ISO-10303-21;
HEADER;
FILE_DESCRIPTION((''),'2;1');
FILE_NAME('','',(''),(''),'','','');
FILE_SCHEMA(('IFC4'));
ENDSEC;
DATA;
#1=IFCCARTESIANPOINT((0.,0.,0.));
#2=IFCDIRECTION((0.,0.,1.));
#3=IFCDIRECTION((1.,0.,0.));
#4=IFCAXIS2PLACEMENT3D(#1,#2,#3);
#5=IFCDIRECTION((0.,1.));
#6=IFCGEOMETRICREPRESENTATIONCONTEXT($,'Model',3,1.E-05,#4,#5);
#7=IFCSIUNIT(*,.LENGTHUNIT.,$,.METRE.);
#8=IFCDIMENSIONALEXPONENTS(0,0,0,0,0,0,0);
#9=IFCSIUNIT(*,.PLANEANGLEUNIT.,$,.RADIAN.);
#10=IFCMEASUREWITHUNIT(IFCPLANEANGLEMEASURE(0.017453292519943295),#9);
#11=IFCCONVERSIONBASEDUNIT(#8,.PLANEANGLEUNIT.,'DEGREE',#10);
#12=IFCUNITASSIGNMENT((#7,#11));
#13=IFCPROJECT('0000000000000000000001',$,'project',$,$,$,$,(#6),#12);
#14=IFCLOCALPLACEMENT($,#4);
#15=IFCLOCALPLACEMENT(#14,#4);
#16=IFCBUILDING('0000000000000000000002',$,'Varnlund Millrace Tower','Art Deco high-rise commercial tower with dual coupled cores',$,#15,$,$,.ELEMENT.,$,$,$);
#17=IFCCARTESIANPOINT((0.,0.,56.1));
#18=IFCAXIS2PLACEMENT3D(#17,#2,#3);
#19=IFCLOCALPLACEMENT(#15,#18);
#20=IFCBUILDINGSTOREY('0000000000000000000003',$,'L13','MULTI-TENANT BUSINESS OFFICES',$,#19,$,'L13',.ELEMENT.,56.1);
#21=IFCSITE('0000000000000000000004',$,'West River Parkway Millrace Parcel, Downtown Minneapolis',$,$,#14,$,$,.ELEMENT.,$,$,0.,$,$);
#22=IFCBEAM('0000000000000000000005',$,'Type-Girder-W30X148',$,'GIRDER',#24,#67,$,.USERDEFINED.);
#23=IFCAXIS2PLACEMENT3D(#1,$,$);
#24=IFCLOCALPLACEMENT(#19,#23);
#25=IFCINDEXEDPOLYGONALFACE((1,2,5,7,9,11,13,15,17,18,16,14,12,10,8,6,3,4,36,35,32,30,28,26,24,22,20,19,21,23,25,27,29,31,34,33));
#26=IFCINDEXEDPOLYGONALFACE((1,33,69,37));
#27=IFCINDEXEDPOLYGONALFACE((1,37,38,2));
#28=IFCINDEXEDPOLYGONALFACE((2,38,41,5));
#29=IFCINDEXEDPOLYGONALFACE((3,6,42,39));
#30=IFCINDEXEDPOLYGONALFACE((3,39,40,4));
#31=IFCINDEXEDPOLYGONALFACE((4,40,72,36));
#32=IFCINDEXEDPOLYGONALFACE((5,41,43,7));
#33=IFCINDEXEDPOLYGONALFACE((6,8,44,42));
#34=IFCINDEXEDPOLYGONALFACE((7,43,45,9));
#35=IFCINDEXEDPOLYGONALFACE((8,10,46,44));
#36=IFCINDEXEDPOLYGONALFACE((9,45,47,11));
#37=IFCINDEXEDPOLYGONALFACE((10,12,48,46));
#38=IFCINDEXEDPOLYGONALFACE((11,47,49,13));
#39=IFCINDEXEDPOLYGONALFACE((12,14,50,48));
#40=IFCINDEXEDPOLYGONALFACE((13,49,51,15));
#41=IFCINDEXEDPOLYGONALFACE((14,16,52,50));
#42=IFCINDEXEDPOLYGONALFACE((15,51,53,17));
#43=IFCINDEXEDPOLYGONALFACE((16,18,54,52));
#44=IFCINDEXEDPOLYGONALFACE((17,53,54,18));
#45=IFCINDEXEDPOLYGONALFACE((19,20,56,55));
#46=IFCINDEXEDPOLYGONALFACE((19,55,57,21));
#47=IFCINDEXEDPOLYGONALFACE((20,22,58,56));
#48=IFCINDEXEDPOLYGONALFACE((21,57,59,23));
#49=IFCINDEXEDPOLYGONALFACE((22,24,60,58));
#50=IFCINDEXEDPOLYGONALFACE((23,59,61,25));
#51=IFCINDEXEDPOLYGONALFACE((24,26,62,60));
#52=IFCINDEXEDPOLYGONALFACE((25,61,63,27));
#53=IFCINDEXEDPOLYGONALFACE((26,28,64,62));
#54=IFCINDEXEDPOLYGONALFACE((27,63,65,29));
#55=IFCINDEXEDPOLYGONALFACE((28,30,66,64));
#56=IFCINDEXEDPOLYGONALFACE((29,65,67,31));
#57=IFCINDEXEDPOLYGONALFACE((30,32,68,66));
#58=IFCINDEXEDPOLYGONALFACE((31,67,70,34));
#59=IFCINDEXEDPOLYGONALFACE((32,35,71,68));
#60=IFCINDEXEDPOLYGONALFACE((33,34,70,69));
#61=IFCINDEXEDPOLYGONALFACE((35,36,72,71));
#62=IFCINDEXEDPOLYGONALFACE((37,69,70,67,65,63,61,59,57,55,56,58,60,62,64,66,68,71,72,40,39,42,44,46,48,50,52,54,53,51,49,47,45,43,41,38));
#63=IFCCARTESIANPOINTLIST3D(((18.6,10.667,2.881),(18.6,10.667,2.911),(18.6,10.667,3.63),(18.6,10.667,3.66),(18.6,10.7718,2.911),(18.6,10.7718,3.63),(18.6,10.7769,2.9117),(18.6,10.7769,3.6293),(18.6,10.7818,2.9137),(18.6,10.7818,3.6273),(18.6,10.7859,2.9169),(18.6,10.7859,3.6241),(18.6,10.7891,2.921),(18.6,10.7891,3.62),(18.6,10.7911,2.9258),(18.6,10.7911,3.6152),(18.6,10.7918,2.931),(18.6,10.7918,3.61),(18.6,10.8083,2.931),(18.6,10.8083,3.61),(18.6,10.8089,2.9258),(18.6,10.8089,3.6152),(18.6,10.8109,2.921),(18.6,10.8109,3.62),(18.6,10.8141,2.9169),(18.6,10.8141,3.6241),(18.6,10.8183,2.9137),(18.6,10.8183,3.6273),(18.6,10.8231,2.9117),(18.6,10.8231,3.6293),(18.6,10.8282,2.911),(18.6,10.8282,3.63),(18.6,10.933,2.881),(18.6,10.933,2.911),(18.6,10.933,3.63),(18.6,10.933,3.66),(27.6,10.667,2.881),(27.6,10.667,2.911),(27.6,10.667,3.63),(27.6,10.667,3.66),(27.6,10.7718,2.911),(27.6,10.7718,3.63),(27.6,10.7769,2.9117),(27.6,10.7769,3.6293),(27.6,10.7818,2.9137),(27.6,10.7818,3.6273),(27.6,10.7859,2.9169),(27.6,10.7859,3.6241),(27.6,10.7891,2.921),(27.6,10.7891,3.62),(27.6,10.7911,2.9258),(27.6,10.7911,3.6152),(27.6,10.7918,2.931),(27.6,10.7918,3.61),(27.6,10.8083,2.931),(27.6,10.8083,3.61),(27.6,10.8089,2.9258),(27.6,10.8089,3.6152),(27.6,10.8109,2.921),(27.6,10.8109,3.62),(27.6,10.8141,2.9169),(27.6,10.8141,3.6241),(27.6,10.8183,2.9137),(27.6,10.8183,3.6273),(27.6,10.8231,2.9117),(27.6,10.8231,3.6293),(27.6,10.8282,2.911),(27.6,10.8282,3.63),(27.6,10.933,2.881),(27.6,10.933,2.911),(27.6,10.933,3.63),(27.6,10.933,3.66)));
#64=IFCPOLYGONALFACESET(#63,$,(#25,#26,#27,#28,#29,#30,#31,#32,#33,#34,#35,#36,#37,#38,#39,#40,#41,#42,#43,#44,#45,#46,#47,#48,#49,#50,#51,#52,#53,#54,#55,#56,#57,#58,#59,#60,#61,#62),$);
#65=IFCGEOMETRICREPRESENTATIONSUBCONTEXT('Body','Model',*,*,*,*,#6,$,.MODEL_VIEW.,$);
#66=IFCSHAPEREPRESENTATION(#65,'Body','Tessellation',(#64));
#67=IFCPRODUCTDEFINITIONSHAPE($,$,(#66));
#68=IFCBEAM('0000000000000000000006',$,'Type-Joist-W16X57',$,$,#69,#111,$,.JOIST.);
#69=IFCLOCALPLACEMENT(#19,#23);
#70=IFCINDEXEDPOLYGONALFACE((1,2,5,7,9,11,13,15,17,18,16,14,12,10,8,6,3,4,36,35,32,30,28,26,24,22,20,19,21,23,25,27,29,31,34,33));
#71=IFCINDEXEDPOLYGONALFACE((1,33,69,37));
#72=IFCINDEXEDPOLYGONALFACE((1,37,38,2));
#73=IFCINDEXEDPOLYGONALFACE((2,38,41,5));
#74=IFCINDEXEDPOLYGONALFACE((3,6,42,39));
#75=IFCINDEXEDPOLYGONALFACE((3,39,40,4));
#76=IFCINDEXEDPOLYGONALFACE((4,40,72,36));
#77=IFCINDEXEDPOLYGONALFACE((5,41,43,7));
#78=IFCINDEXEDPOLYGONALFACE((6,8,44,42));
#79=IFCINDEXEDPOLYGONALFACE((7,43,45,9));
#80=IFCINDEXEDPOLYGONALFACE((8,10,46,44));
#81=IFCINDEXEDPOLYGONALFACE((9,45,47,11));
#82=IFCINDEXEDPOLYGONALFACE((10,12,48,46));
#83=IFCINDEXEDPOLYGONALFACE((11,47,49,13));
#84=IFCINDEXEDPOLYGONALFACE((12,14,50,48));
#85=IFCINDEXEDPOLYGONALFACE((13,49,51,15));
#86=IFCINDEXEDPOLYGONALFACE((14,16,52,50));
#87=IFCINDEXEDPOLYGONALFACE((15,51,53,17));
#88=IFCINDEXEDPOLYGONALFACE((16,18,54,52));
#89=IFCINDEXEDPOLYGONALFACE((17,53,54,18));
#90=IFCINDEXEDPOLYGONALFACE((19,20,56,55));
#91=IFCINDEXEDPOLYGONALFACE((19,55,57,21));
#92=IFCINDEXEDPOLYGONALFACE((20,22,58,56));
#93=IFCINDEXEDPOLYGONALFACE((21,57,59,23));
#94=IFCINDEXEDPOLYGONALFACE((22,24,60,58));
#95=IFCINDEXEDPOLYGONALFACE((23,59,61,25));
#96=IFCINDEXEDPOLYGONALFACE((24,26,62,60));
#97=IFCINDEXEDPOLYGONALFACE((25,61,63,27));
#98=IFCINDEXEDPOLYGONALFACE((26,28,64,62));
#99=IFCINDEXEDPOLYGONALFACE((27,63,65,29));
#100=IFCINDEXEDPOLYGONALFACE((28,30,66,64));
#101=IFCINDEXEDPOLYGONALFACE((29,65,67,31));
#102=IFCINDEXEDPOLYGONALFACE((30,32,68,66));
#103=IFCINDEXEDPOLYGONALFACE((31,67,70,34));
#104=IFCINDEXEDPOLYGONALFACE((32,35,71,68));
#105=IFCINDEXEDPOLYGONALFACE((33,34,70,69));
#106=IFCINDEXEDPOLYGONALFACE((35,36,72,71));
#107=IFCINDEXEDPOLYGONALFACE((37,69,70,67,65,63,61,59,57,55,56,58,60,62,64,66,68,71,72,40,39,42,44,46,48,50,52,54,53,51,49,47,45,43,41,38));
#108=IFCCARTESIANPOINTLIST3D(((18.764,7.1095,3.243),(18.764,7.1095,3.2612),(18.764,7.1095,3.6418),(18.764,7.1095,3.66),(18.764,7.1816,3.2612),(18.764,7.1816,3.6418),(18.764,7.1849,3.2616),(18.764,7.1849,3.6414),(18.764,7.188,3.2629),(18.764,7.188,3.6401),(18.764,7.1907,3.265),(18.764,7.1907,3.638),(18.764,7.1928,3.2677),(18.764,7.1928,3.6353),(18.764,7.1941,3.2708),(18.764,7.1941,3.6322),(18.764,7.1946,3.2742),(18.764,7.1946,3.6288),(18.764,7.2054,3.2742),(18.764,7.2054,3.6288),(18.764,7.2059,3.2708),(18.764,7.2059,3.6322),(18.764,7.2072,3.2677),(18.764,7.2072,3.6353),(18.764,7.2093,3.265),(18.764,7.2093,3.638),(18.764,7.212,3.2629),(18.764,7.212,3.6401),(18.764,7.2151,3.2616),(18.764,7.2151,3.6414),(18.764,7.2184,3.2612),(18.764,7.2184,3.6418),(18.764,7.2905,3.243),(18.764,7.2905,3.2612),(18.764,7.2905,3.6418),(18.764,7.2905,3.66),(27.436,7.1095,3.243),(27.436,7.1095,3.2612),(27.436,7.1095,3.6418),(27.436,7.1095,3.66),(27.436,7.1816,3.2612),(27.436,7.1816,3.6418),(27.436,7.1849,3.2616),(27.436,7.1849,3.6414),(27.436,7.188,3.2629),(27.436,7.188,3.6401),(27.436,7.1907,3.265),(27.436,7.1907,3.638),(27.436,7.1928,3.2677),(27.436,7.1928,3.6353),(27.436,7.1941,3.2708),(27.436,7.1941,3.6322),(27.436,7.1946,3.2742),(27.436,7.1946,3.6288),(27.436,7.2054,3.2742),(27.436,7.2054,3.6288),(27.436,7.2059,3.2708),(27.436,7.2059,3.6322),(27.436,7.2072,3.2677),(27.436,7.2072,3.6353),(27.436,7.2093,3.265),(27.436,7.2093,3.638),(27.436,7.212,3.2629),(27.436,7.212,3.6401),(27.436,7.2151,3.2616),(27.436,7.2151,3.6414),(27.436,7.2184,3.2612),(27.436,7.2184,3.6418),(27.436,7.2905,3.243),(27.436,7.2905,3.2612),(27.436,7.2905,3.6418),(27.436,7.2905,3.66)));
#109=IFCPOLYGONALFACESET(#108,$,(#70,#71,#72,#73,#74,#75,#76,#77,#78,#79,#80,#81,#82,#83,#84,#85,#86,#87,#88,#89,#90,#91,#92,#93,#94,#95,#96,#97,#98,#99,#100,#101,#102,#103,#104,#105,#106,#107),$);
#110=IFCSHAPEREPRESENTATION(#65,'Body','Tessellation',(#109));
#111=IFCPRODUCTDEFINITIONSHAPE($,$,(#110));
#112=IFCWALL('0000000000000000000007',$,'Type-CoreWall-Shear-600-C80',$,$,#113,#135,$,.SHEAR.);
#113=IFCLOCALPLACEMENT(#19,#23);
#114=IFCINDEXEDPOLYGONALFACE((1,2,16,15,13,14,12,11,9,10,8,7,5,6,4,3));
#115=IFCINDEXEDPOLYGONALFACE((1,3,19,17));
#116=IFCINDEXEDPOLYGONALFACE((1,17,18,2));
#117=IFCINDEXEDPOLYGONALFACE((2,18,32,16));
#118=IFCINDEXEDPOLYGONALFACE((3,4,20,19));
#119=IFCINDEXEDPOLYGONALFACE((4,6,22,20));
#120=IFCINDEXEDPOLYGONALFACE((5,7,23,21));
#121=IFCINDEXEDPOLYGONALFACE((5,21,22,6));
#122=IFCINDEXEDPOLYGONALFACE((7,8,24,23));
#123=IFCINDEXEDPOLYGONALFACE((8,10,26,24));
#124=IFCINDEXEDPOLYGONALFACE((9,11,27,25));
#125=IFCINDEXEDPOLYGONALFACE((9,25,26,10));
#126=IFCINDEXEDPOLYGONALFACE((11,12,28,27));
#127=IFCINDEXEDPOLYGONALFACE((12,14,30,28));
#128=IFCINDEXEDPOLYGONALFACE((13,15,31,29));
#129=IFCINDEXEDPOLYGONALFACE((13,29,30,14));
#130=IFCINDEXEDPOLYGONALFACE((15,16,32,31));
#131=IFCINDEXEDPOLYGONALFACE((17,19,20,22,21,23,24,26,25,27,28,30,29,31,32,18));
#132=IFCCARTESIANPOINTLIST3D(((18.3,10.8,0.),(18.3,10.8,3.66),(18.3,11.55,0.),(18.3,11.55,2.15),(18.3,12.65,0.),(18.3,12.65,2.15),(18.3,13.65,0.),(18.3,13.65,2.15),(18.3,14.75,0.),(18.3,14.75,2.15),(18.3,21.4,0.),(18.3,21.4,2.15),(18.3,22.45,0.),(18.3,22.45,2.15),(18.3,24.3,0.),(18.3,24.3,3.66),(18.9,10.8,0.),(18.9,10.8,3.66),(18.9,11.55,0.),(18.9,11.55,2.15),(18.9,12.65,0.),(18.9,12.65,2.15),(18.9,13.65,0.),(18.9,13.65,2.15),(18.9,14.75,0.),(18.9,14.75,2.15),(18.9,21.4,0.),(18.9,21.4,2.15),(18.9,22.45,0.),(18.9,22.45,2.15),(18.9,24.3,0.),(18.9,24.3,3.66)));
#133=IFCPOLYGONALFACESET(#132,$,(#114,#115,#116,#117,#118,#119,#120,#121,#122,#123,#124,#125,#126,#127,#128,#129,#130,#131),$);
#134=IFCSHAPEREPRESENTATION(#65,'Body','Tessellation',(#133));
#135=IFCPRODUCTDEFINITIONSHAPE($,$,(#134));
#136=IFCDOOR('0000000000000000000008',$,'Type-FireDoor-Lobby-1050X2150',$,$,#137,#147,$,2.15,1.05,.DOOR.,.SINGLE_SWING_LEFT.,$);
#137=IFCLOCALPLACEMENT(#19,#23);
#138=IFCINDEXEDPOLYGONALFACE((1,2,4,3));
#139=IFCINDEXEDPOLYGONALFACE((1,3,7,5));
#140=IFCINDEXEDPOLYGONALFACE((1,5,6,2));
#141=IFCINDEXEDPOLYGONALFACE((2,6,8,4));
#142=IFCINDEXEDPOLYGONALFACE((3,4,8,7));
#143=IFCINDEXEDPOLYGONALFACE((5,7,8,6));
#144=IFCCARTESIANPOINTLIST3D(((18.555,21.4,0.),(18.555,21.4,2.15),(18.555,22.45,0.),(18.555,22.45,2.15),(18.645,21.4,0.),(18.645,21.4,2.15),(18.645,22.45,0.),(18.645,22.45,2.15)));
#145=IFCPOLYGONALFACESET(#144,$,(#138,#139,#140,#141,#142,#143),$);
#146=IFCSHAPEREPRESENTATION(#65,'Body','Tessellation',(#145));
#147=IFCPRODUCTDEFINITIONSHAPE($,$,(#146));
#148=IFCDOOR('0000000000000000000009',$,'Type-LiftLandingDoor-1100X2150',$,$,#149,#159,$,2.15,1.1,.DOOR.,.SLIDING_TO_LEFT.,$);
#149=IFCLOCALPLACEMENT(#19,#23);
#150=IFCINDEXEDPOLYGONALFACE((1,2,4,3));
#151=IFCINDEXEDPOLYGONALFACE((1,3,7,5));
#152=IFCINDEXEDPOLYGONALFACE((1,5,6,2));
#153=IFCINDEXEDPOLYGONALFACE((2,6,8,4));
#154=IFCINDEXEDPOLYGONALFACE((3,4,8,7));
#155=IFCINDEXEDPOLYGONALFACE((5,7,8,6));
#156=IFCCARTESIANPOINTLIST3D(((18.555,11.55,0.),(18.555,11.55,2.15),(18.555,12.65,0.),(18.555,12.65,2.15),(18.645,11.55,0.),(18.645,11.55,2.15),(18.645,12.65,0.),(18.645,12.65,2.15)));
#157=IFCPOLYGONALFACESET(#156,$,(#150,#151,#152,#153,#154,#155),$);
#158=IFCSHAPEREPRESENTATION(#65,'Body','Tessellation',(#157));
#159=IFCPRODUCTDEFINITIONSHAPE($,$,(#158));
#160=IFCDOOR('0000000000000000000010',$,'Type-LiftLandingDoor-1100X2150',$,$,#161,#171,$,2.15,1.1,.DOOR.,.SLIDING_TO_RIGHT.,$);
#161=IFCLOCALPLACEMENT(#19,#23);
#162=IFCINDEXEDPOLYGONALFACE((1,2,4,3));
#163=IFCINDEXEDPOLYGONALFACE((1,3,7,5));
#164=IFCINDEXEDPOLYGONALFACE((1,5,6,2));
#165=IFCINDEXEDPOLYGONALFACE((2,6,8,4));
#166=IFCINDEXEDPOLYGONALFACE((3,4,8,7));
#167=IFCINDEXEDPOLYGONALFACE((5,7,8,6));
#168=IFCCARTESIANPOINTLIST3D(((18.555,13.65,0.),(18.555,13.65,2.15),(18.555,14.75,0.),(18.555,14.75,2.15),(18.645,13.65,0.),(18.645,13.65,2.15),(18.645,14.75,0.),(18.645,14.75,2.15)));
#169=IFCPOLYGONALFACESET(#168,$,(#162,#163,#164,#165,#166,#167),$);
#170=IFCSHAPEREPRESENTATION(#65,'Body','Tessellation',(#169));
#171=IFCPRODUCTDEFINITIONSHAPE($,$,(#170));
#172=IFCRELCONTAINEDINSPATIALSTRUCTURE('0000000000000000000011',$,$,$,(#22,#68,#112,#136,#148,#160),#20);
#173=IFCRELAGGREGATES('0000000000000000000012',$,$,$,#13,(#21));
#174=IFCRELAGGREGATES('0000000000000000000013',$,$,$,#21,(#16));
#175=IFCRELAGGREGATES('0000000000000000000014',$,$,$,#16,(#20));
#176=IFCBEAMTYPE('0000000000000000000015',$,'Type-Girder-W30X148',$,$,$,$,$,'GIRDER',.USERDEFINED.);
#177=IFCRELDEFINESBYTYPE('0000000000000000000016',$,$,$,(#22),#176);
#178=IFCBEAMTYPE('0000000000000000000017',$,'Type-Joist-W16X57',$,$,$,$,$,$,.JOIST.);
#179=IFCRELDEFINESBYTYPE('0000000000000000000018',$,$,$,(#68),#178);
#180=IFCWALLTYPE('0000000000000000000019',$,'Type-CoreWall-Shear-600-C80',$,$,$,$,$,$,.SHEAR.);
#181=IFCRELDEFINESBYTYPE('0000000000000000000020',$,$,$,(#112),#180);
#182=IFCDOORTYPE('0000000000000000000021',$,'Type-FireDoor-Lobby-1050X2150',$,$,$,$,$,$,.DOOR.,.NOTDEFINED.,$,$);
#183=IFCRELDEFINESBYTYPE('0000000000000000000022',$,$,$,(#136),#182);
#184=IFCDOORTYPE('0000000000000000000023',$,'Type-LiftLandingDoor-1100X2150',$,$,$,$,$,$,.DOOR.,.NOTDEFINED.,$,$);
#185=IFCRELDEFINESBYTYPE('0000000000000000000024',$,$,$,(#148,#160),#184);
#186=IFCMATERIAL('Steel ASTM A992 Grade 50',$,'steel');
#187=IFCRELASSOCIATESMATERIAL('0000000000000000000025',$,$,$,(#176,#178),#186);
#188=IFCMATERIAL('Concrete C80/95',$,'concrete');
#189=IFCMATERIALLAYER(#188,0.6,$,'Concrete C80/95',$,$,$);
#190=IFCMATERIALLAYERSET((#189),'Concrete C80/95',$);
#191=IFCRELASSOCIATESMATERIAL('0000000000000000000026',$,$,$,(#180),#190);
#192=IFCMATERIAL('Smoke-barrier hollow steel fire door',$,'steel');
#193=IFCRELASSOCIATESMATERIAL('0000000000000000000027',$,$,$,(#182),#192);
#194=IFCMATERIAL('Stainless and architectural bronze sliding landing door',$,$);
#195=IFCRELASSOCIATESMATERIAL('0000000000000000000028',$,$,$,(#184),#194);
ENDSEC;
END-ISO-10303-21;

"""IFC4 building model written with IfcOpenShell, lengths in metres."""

from ifc_helpers import new_model, entity, si_unit, converted_unit, direction, frame, origin_with_axes, origin_2d_with_axis, place, context, subcontext, project, spatial, polyline, rectangle, i_section, outline, extrude, material, layer, layer_set, material_profile, profile_set, type_object, element, fill, save


model = new_model("IFC4")

# Units and contexts
model_context = context("Model", 3, precision=1e-05, world=origin_with_axes(), true_north=direction((0.0, 1.0)))
body_context = subcontext(model_context, "Body", "Model", "MODEL_VIEW")
ifc_project = project(units=[si_unit("LENGTHUNIT", "METRE"), converted_unit("PLANEANGLEUNIT", "DEGREE", entity("IfcPlaneAngleMeasure", 0.017453292519943295), si_unit("PLANEANGLEUNIT", "RADIAN"), dimensions=[0, 0, 0, 0, 0, 0, 0])], contexts=[model_context])

# Site, building, storey
site_placement = place(None, origin_with_axes())
site = spatial("IfcSite", under=ifc_project, at=site_placement, Name="West River Parkway Millrace Parcel, Downtown Minneapolis", CompositionType="ELEMENT", RefElevation=0.0)
building_placement = place(site_placement, origin_with_axes())
building = spatial("IfcBuilding", under=site, at=building_placement, Name="Varnlund Millrace Tower", Description="Art Deco high-rise commercial tower with dual coupled cores", CompositionType="ELEMENT")
storey_placement = place(building_placement, frame((0.0, 0.0, 56.1), z_axis=(0.0, 0.0, 1.0), x_axis=(1.0, 0.0, 0.0)))
storey = spatial("IfcBuildingStorey", under=building, at=storey_placement, Name="L13", Description="MULTI-TENANT BUSINESS OFFICES", LongName="L13", CompositionType="ELEMENT", Elevation=56.1)

# Shared definitions
ifc_material_1 = material(Name="Concrete C80/95", Category="concrete")

# Beams
ifc_material_2 = material(Name="Steel ASTM A992 Grade 50", Category="steel")
ifc_material_profile_1 = material_profile(ifc_material_2, i_section(OverallWidth=0.266, OverallDepth=0.779, WebThickness=0.0165, FlangeThickness=0.03, FilletRadius=0.02, at=origin_2d_with_axis()), Name="Steel ASTM A992 Grade 50")
ifc_profile_set_1 = profile_set([ifc_material_profile_1], Name="Steel ASTM A992 Grade 50")
beam_type_1 = type_object("IfcBeamType", Name="Type-Girder-W30X148", ElementType="GIRDER", PredefinedType="USERDEFINED", material=ifc_profile_set_1)
beam_1_placement = place(storey_placement, frame((18.6, 10.8, 3.2705), z_axis=(1.0, 0.0, 0.0), x_axis=(0.0, 1.0, 0.0)))
element("IfcBeam", 1, at=beam_1_placement, inside=storey, type_object=beam_type_1, Name="Type-Girder-W30X148", ObjectType="GIRDER", PredefinedType="USERDEFINED", context=body_context, shape_type="SweptSolid", body=[
    extrude(i_section(OverallWidth=0.266, OverallDepth=0.779, WebThickness=0.0165, FlangeThickness=0.03, FilletRadius=0.02, at=origin_2d_with_axis()), origin_with_axes(), (0.0, 0.0, 1.0), 9.0),
])
ifc_material_profile_2 = material_profile(ifc_material_2, i_section(OverallWidth=0.181, OverallDepth=0.417, WebThickness=0.0109, FlangeThickness=0.0182, FilletRadius=0.013, at=origin_2d_with_axis()), Name="Steel ASTM A992 Grade 50")
ifc_profile_set_2 = profile_set([ifc_material_profile_2], Name="Steel ASTM A992 Grade 50")
beam_type_2 = type_object("IfcBeamType", Name="Type-Joist-W16X57", PredefinedType="JOIST", material=ifc_profile_set_2)
beam_2_placement = place(storey_placement, frame((18.764, 7.2, 3.4515), z_axis=(1.0, 0.0, 0.0), x_axis=(0.0, 1.0, 0.0)))
element("IfcBeam", 2, at=beam_2_placement, inside=storey, type_object=beam_type_2, Name="Type-Joist-W16X57", PredefinedType="JOIST", context=body_context, shape_type="SweptSolid", body=[
    extrude(i_section(OverallWidth=0.181, OverallDepth=0.417, WebThickness=0.0109, FlangeThickness=0.0182, FilletRadius=0.013, at=origin_2d_with_axis()), origin_with_axes(), (0.0, 0.0, 1.0), 8.672),
])

# Wall, openings, doors
ifc_layer_1 = layer(ifc_material_1, 0.6, Name="Concrete C80/95")
ifc_layer_set_1 = layer_set([ifc_layer_1], Name="Concrete C80/95")
wall_type_1 = type_object("IfcWallType", Name="Type-CoreWall-Shear-600-C80", PredefinedType="SHEAR", material=ifc_layer_set_1)
wall_1_placement = place(storey_placement, frame((18.6, 10.8, 0.0), z_axis=(0.0, 0.0, 1.0), x_axis=(0.0, 1.0, 0.0)))
wall_1 = element("IfcWall", 3, at=wall_1_placement, inside=storey, type_object=wall_type_1, Name="Type-CoreWall-Shear-600-C80", PredefinedType="SHEAR", context=body_context, shape_type="SweptSolid", body=[
    extrude(outline(polyline([(0.0, -0.3), (13.5, -0.3), (13.5, 0.3), (0.0, 0.3), (0.0, -0.3)])), origin_with_axes(), (0.0, 0.0, 1.0), 3.66),
])
opening_1_placement = place(wall_1_placement, frame((1.3, 0.0, 0.0), z_axis=(0.0, 0.0, 1.0), x_axis=(1.0, 0.0, 0.0)))
opening_1 = element("IfcOpeningElement", 4, at=opening_1_placement, cuts=wall_1, PredefinedType="OPENING", context=body_context, shape_type="SweptSolid", body=[
    extrude(rectangle(XDim=1.1, YDim=0.62, at=origin_2d_with_axis()), origin_with_axes(), (0.0, 0.0, 1.0), 2.15),
])
opening_2_placement = place(wall_1_placement, frame((3.4, 0.0, 0.0), z_axis=(0.0, 0.0, 1.0), x_axis=(1.0, 0.0, 0.0)))
opening_2 = element("IfcOpeningElement", 5, at=opening_2_placement, cuts=wall_1, PredefinedType="OPENING", context=body_context, shape_type="SweptSolid", body=[
    extrude(rectangle(XDim=1.1, YDim=0.62, at=origin_2d_with_axis()), origin_with_axes(), (0.0, 0.0, 1.0), 2.15),
])
opening_3_placement = place(wall_1_placement, frame((11.125, 0.0, 0.0), z_axis=(0.0, 0.0, 1.0), x_axis=(1.0, 0.0, 0.0)))
opening_3 = element("IfcOpeningElement", 6, at=opening_3_placement, cuts=wall_1, PredefinedType="OPENING", context=body_context, shape_type="SweptSolid", body=[
    extrude(rectangle(XDim=1.05, YDim=0.62, at=origin_2d_with_axis()), origin_with_axes(), (0.0, 0.0, 1.0), 2.15),
])
ifc_material_3 = material(Name="Smoke-barrier hollow steel fire door", Category="steel")
door_type_1 = type_object("IfcDoorType", Name="Type-FireDoor-Lobby-1050X2150", OperationType="NOTDEFINED", PredefinedType="DOOR", material=ifc_material_3)
door_1_placement = place(wall_1_placement, frame((11.125, 0.0, 0.0), z_axis=(0.0, 0.0, 1.0), x_axis=(1.0, 0.0, 0.0)))
door_1 = element("IfcDoor", 7, at=door_1_placement, inside=storey, type_object=door_type_1, Name="Type-FireDoor-Lobby-1050X2150", OperationType="SINGLE_SWING_LEFT", OverallHeight=2.15, OverallWidth=1.05, PredefinedType="DOOR", context=body_context, shape_type="SweptSolid", body=[
    extrude(rectangle(XDim=1.05, YDim=0.09, at=origin_2d_with_axis()), origin_with_axes(), (0.0, 0.0, 1.0), 2.15),
])
fill(opening_3, door_1)
ifc_material_4 = material(Name="Stainless and architectural bronze sliding landing door")
door_type_2 = type_object("IfcDoorType", Name="Type-LiftLandingDoor-1100X2150", OperationType="NOTDEFINED", PredefinedType="DOOR", material=ifc_material_4)
door_2_placement = place(wall_1_placement, frame((1.3, 0.0, 0.0), z_axis=(0.0, 0.0, 1.0), x_axis=(1.0, 0.0, 0.0)))
door_2 = element("IfcDoor", 8, at=door_2_placement, inside=storey, type_object=door_type_2, Name="Type-LiftLandingDoor-1100X2150", OperationType="SLIDING_TO_LEFT", OverallHeight=2.15, OverallWidth=1.1, PredefinedType="DOOR", context=body_context, shape_type="SweptSolid", body=[
    extrude(rectangle(XDim=1.1, YDim=0.09, at=origin_2d_with_axis()), origin_with_axes(), (0.0, 0.0, 1.0), 2.15),
])
fill(opening_1, door_2)
door_3_placement = place(wall_1_placement, frame((3.4, 0.0, 0.0), z_axis=(0.0, 0.0, 1.0), x_axis=(1.0, 0.0, 0.0)))
door_3 = element("IfcDoor", 9, at=door_3_placement, inside=storey, type_object=door_type_2, Name="Type-LiftLandingDoor-1100X2150", OperationType="SLIDING_TO_RIGHT", OverallHeight=2.15, OverallWidth=1.1, PredefinedType="DOOR", context=body_context, shape_type="SweptSolid", body=[
    extrude(rectangle(XDim=1.1, YDim=0.09, at=origin_2d_with_axis()), origin_with_axes(), (0.0, 0.0, 1.0), 2.15),
])
fill(opening_2, door_3)

save(model, "model.ifc")
